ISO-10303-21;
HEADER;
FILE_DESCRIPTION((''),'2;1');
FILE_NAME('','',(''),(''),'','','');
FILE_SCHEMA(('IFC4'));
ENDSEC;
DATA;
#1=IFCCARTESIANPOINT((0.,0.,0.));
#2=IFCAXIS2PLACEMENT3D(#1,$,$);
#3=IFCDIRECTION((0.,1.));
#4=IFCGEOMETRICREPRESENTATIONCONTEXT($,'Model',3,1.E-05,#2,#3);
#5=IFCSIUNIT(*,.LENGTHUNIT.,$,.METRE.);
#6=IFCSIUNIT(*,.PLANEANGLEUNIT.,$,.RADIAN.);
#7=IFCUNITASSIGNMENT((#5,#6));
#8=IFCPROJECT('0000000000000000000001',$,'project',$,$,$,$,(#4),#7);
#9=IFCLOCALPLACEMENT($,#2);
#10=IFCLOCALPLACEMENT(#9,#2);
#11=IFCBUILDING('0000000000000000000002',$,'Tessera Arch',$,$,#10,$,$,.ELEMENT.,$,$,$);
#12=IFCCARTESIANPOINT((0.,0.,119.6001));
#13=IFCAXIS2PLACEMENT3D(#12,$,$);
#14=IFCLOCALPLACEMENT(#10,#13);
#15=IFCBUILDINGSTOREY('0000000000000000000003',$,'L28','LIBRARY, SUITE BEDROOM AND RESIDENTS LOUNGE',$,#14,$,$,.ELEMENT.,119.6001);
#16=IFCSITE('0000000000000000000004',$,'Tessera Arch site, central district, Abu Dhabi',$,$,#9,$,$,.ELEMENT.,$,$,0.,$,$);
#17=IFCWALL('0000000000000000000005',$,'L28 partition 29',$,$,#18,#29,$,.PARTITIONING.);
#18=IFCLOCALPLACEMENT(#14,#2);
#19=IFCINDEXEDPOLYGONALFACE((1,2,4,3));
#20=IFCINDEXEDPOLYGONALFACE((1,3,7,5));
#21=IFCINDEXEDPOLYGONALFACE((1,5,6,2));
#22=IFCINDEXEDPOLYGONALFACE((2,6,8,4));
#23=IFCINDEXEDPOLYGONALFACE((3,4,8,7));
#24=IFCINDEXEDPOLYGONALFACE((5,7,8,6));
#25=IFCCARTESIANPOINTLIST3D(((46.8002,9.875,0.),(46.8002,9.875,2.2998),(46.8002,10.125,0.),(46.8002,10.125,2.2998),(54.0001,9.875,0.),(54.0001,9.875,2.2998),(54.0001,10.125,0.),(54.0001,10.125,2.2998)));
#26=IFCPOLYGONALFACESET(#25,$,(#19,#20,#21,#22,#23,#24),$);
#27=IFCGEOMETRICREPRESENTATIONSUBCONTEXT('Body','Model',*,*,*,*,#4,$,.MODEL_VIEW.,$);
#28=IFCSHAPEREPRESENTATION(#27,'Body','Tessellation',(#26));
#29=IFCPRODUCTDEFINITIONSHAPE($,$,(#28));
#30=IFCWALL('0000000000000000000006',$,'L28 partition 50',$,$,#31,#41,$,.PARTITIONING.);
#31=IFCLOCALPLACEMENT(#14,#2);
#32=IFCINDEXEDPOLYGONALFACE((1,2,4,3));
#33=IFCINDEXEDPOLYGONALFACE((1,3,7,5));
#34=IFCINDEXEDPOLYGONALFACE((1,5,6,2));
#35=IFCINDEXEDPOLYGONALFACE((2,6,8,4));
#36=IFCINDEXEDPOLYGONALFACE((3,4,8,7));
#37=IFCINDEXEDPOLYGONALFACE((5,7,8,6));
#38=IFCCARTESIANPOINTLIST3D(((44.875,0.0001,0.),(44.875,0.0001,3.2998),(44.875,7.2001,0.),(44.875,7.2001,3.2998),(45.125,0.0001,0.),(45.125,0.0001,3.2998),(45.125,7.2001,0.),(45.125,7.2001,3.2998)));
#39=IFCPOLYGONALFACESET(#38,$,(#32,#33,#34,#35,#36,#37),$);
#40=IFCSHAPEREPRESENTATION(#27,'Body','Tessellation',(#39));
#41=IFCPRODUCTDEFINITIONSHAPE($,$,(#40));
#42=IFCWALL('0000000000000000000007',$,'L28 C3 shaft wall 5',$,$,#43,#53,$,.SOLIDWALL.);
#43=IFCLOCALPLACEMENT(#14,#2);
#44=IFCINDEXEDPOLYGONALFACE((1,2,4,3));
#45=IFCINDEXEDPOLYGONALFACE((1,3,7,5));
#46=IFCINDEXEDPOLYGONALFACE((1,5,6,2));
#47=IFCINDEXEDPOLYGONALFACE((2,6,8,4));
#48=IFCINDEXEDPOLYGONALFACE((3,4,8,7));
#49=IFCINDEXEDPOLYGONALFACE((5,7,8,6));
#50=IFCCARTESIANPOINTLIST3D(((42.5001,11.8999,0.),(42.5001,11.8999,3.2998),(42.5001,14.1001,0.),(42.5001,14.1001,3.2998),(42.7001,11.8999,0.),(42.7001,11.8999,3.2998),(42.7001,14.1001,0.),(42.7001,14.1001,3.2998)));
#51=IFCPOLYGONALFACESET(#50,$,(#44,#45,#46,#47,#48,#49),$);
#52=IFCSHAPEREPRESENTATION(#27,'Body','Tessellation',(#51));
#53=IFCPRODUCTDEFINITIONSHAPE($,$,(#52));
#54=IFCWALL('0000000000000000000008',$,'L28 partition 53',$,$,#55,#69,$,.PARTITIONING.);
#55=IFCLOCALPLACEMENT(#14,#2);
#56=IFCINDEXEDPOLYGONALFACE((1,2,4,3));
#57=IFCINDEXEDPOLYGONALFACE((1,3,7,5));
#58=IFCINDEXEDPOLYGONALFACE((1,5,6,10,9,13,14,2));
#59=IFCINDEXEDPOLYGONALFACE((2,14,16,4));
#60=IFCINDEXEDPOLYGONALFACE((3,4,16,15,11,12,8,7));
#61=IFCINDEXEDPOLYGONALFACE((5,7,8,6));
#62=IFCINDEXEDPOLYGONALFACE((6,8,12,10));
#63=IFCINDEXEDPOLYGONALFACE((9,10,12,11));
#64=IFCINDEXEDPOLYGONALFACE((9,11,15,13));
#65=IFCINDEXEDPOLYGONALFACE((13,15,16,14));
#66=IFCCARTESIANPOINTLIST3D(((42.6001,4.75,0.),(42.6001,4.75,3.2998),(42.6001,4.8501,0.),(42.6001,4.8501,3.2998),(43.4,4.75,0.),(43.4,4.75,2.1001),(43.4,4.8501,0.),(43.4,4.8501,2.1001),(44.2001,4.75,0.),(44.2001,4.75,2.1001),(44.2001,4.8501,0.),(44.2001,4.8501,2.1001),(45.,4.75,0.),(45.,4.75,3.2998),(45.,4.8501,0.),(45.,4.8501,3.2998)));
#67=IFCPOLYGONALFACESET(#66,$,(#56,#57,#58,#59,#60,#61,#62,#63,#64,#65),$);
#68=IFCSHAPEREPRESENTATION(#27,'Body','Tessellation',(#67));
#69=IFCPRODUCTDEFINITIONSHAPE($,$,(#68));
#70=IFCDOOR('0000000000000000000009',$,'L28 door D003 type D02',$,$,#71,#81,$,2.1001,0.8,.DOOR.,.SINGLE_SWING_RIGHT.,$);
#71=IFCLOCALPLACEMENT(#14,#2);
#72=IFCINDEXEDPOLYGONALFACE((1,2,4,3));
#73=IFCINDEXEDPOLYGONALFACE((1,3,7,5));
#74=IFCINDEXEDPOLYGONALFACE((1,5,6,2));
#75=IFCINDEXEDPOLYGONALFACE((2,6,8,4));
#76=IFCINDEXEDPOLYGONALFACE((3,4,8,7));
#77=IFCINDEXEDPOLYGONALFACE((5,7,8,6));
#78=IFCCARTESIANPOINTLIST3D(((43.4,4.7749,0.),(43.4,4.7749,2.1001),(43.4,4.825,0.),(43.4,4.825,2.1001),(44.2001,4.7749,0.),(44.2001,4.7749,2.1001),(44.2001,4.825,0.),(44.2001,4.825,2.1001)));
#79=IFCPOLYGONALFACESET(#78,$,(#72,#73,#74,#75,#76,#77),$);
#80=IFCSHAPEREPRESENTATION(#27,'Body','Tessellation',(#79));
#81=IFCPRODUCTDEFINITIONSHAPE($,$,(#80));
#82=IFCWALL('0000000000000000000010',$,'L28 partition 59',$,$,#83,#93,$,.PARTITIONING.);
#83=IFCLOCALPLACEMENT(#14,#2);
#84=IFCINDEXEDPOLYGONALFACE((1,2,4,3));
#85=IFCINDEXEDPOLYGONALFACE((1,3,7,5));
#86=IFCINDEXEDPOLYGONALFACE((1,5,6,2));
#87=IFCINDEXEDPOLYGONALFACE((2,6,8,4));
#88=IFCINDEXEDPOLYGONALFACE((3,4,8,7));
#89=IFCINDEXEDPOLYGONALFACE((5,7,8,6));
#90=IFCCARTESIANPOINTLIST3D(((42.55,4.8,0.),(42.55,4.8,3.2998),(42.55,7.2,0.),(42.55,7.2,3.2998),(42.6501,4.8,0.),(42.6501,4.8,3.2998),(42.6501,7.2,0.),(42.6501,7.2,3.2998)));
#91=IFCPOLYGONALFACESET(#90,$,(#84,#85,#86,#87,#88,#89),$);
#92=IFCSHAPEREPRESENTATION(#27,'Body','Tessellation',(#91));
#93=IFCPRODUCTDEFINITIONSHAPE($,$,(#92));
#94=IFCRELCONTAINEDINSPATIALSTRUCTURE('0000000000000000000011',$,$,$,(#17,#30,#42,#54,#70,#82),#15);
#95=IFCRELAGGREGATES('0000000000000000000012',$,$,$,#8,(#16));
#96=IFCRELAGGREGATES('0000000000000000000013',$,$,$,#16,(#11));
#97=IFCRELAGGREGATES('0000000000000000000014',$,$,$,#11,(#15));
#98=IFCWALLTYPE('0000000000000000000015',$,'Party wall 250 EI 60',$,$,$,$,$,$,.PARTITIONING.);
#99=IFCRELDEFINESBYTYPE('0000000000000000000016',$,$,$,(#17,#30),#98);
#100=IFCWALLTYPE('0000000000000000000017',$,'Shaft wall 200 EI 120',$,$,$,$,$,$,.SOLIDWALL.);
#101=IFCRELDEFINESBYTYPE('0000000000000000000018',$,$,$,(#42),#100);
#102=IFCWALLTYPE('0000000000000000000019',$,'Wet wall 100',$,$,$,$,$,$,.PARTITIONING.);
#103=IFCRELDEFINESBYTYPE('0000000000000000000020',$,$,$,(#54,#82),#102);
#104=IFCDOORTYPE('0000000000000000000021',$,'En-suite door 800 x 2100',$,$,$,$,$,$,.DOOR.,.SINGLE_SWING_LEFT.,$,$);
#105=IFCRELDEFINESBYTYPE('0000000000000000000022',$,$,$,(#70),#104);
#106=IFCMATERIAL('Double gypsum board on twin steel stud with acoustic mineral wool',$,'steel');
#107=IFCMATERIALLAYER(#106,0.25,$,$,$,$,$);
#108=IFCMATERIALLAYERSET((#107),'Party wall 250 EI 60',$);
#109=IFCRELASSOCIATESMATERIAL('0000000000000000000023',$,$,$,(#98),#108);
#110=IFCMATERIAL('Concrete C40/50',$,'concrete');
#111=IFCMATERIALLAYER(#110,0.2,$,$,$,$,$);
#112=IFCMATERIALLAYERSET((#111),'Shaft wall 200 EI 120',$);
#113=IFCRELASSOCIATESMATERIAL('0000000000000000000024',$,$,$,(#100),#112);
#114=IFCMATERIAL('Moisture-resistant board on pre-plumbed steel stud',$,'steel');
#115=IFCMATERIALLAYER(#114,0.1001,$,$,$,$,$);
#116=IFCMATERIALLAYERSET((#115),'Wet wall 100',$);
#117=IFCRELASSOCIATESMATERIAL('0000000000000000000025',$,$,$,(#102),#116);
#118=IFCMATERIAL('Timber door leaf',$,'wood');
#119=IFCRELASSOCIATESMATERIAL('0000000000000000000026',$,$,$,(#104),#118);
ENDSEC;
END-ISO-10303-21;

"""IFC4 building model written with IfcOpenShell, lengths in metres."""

from ifc_helpers import new_model, si_unit, direction, frame, frame_2d, origin, place, context, subcontext, project, spatial, rectangle, extrude, material, layer, layer_set, type_object, element, fill, save


model = new_model("IFC4")

# Units and contexts
model_context = context("Model", 3, precision=1e-05, world=origin(), true_north=direction((0.0, 1.0)))
body_context = subcontext(model_context, "Body", "Model", "MODEL_VIEW")
ifc_project = project(units=[si_unit("LENGTHUNIT", "METRE"), si_unit("PLANEANGLEUNIT", "RADIAN")], contexts=[model_context])

# Site, building, storey
site_placement = place(None, origin())
site = spatial("IfcSite", under=ifc_project, at=site_placement, Name="Tessera Arch site, central district, Abu Dhabi", CompositionType="ELEMENT", RefElevation=0.0)
building_placement = place(site_placement, origin())
building = spatial("IfcBuilding", under=site, at=building_placement, Name="Tessera Arch", CompositionType="ELEMENT")
storey_placement = place(building_placement, frame((0.0, 0.0, 119.6001)))
storey = spatial("IfcBuildingStorey", under=building, at=storey_placement, Name="L28", Description="LIBRARY, SUITE BEDROOM AND RESIDENTS LOUNGE", CompositionType="ELEMENT", Elevation=119.6001)

# Walls
ifc_material_1 = material(Name="Double gypsum board on twin steel stud with acoustic mineral wool", Category="steel")
ifc_layer_1 = layer(ifc_material_1, 0.25)
ifc_layer_set_1 = layer_set([ifc_layer_1], Name="Party wall 250 EI 60")
wall_type_1 = type_object("IfcWallType", Name="Party wall 250 EI 60", PredefinedType="PARTITIONING", material=ifc_layer_set_1)
wall_1_placement = place(storey_placement, frame((46.8, 10.0, 0.0), z_axis=(0.0, 0.0, 1.0), x_axis=(1.0, 0.0, 0.0)))
element("IfcWall", 1, at=wall_1_placement, inside=storey, type_object=wall_type_1, Name="L28 partition 29", PredefinedType="PARTITIONING", context=body_context, shape_type="SweptSolid", body=[
    extrude(rectangle(XDim=7.2, YDim=0.25, at=frame_2d((3.6001, 0.0))), origin(), (0.0, 0.0, 1.0), 2.2998),
])
wall_2_placement = place(storey_placement, frame((45.0, 0.0, 0.0), z_axis=(0.0, 0.0, 1.0), x_axis=(0.0, 1.0, 0.0)))
element("IfcWall", 2, at=wall_2_placement, inside=storey, type_object=wall_type_1, Name="L28 partition 50", PredefinedType="PARTITIONING", context=body_context, shape_type="SweptSolid", body=[
    extrude(rectangle(XDim=7.2, YDim=0.25, at=frame_2d((3.6001, 0.0))), origin(), (0.0, 0.0, 1.0), 3.2998),
])
ifc_material_2 = material(Name="Concrete C40/50", Category="concrete")
ifc_layer_2 = layer(ifc_material_2, 0.2)
ifc_layer_set_2 = layer_set([ifc_layer_2], Name="Shaft wall 200 EI 120")
wall_type_2 = type_object("IfcWallType", Name="Shaft wall 200 EI 120", PredefinedType="SOLIDWALL", material=ifc_layer_set_2)
wall_3_placement = place(storey_placement, frame((42.6001, 11.8999, 0.0), z_axis=(0.0, 0.0, 1.0), x_axis=(0.0, 1.0, 0.0)))
element("IfcWall", 3, at=wall_3_placement, inside=storey, type_object=wall_type_2, Name="L28 C3 shaft wall 5", PredefinedType="SOLIDWALL", context=body_context, shape_type="SweptSolid", body=[
    extrude(rectangle(XDim=2.2002, YDim=0.2, at=frame_2d((1.1001, 0.0))), origin(), (0.0, 0.0, 1.0), 3.2998),
])

# Wall, opening, door
ifc_material_3 = material(Name="Moisture-resistant board on pre-plumbed steel stud", Category="steel")
ifc_layer_3 = layer(ifc_material_3, 0.1001)
ifc_layer_set_3 = layer_set([ifc_layer_3], Name="Wet wall 100")
wall_type_3 = type_object("IfcWallType", Name="Wet wall 100", PredefinedType="PARTITIONING", material=ifc_layer_set_3)
wall_4_placement = place(storey_placement, frame((42.6001, 4.8, 0.0), z_axis=(0.0, 0.0, 1.0), x_axis=(1.0, 0.0, 0.0)))
wall_4 = element("IfcWall", 4, at=wall_4_placement, inside=storey, type_object=wall_type_3, Name="L28 partition 53", PredefinedType="PARTITIONING", context=body_context, shape_type="SweptSolid", body=[
    extrude(rectangle(XDim=2.3999, YDim=0.1001, at=frame_2d((1.2, 0.0))), origin(), (0.0, 0.0, 1.0), 3.2998),
])
opening_1_placement = place(wall_4_placement, frame((0.8, 0.0, 0.0)))
opening_1 = element("IfcOpeningElement", 5, at=opening_1_placement, cuts=wall_4, PredefinedType="OPENING", context=body_context, shape_type="SweptSolid", body=[
    extrude(rectangle(XDim=0.8, YDim=2.1001, at=frame_2d((0.3999, 1.05))), frame((0.0, 0.0601, 0.0), z_axis=(0.0, -1.0, 0.0), x_axis=(1.0, 0.0, 0.0)), (0.0, 0.0, 1.0), 0.1201),
])
ifc_material_4 = material(Name="Timber door leaf", Category="wood")
door_type_1 = type_object("IfcDoorType", Name="En-suite door 800 x 2100", OperationType="SINGLE_SWING_LEFT", PredefinedType="DOOR", material=ifc_material_4)
door_1_placement = place(opening_1_placement, origin())
door_1 = element("IfcDoor", 6, at=door_1_placement, inside=storey, type_object=door_type_1, Name="L28 door D003 type D02", OperationType="SINGLE_SWING_RIGHT", OverallHeight=2.1001, OverallWidth=0.8, PredefinedType="DOOR", context=body_context, shape_type="SweptSolid", body=[
    extrude(rectangle(XDim=0.8, YDim=2.1001, at=frame_2d((0.3999, 1.05))), frame((0.0, 0.0249, 0.0), z_axis=(0.0, -1.0, 0.0), x_axis=(1.0, 0.0, 0.0)), (0.0, 0.0, 1.0), 0.05),
])
fill(opening_1, door_1)

# Wall
wall_5_placement = place(storey_placement, frame((42.6001, 4.8, 0.0), z_axis=(0.0, 0.0, 1.0), x_axis=(0.0, 1.0, 0.0)))
element("IfcWall", 7, at=wall_5_placement, inside=storey, type_object=wall_type_3, Name="L28 partition 59", PredefinedType="PARTITIONING", context=body_context, shape_type="SweptSolid", body=[
    extrude(rectangle(XDim=2.3999, YDim=0.1001, at=frame_2d((1.2, 0.0))), origin(), (0.0, 0.0, 1.0), 3.2998),
])

save(model, "model.ifc")
